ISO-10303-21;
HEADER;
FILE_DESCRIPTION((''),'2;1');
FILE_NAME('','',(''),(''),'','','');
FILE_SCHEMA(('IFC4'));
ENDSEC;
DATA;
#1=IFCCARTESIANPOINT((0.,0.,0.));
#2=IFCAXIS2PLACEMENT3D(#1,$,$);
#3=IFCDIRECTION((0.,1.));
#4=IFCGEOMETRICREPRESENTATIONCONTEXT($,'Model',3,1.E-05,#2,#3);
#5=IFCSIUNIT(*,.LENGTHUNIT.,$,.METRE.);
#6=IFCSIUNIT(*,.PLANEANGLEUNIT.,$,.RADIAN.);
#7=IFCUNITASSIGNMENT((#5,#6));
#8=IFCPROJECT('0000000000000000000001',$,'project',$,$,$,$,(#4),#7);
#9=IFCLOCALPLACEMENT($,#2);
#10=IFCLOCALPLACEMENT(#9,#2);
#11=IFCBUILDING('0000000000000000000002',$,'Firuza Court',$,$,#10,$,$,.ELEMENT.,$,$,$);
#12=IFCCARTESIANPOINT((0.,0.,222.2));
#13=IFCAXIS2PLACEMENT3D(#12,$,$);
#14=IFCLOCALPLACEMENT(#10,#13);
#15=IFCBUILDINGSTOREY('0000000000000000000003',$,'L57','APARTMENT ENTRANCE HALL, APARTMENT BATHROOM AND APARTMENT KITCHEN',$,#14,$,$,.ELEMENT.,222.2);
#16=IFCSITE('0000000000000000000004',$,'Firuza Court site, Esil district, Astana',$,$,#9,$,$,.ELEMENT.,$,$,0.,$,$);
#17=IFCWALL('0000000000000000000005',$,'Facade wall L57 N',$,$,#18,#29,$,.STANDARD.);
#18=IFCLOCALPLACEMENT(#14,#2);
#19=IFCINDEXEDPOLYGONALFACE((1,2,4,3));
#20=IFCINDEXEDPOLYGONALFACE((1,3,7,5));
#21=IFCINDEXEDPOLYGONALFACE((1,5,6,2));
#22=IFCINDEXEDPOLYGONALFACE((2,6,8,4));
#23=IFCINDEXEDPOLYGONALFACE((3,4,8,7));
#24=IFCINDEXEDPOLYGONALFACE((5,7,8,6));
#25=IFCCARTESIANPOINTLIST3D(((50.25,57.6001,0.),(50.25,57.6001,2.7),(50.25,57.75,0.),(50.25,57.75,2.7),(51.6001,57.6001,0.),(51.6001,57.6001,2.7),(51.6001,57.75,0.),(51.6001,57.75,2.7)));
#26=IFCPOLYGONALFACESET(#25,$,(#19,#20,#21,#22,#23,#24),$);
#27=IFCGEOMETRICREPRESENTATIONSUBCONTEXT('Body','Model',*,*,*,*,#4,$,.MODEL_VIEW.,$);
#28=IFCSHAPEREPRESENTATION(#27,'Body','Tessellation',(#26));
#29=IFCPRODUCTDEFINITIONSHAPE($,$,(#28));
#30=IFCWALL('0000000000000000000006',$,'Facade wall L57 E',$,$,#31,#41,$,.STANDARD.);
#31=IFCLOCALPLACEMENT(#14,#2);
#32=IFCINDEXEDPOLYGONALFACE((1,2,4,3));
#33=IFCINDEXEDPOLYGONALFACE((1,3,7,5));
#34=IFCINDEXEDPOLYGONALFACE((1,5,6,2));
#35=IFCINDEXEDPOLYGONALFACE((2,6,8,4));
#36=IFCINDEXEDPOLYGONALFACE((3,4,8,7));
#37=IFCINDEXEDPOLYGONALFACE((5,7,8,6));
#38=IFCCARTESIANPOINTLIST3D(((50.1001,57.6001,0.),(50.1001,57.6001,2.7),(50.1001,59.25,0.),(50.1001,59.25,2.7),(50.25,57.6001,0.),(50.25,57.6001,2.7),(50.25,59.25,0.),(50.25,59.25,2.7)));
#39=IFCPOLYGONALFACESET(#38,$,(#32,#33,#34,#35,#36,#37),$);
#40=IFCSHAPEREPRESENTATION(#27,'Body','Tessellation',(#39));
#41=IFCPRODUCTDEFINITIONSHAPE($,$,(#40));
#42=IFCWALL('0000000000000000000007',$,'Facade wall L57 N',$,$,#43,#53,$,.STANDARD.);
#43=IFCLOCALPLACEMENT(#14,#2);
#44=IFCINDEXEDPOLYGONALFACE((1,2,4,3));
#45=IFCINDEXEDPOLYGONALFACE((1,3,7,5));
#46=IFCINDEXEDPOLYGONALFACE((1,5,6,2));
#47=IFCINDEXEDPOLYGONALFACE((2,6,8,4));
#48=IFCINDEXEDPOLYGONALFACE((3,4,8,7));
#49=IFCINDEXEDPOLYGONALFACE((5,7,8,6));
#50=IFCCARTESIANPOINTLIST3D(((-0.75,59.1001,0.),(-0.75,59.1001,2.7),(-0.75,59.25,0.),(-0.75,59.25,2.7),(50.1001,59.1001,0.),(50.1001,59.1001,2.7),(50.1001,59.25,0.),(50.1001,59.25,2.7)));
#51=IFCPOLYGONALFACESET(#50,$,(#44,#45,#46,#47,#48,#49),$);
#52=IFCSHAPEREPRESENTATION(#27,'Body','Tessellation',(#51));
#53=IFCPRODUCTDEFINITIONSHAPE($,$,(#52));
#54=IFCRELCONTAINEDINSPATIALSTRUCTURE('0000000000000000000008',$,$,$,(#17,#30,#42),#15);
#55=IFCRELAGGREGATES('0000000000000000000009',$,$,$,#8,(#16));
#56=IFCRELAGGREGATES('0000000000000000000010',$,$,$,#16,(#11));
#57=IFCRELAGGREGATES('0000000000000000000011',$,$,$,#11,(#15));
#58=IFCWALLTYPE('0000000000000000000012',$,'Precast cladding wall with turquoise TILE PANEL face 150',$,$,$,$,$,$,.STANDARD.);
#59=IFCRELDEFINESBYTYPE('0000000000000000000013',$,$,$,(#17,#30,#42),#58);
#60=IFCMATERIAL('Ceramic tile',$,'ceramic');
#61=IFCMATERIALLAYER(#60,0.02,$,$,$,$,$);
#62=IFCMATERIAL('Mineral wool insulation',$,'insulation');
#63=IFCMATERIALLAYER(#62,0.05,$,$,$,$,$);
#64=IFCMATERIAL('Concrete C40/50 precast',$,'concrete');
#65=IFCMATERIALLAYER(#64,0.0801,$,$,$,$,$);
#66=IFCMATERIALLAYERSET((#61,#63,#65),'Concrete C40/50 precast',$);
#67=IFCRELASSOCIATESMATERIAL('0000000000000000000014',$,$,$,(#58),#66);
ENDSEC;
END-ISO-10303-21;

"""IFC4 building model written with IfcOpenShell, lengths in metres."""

from ifc_helpers import new_model, si_unit, direction, frame, frame_2d, origin, place, context, subcontext, project, spatial, rectangle, extrude, material, layer, layer_set, type_object, element, save


model = new_model("IFC4")

# Units and contexts
model_context = context("Model", 3, precision=1e-05, world=origin(), true_north=direction((0.0, 1.0)))
body_context = subcontext(model_context, "Body", "Model", "MODEL_VIEW")
ifc_project = project(units=[si_unit("LENGTHUNIT", "METRE"), si_unit("PLANEANGLEUNIT", "RADIAN")], contexts=[model_context])

# Site, building, storey
site_placement = place(None, origin())
site = spatial("IfcSite", under=ifc_project, at=site_placement, Name="Firuza Court site, Esil district, Astana", CompositionType="ELEMENT", RefElevation=0.0)
building_placement = place(site_placement, origin())
building = spatial("IfcBuilding", under=site, at=building_placement, Name="Firuza Court", CompositionType="ELEMENT")
storey_placement = place(building_placement, frame((0.0, 0.0, 222.2)))
storey = spatial("IfcBuildingStorey", under=building, at=storey_placement, Name="L57", Description="APARTMENT ENTRANCE HALL, APARTMENT BATHROOM AND APARTMENT KITCHEN", CompositionType="ELEMENT", Elevation=222.2)

# Walls
ifc_material_1 = material(Name="Ceramic tile", Category="ceramic")
ifc_layer_1 = layer(ifc_material_1, 0.02)
ifc_material_2 = material(Name="Mineral wool insulation", Category="insulation")
ifc_layer_2 = layer(ifc_material_2, 0.05)
ifc_material_3 = material(Name="Concrete C40/50 precast", Category="concrete")
ifc_layer_3 = layer(ifc_material_3, 0.0801)
ifc_layer_set_1 = layer_set([ifc_layer_1, ifc_layer_2, ifc_layer_3], Name="Concrete C40/50 precast")
wall_type_1 = type_object("IfcWallType", Name="Precast cladding wall with turquoise TILE PANEL face 150", PredefinedType="STANDARD", material=ifc_layer_set_1)
wall_1_placement = place(storey_placement, frame((51.6001, 57.675, 0.0), z_axis=(0.0, 0.0, 1.0), x_axis=(-1.0, 0.0, 0.0)))
element("IfcWall", 1, at=wall_1_placement, inside=storey, type_object=wall_type_1, Name="Facade wall L57 N", PredefinedType="STANDARD", context=body_context, shape_type="SweptSolid", body=[
    extrude(rectangle(XDim=1.3501, YDim=0.1499, at=frame_2d((0.675, 0.0))), origin(), (0.0, 0.0, 1.0), 2.7),
])
wall_2_placement = place(storey_placement, frame((50.175, 57.6001, 0.0), z_axis=(0.0, 0.0, 1.0), x_axis=(0.0, 1.0, 0.0)))
element("IfcWall", 2, at=wall_2_placement, inside=storey, type_object=wall_type_1, Name="Facade wall L57 E", PredefinedType="STANDARD", context=body_context, shape_type="SweptSolid", body=[
    extrude(rectangle(XDim=1.6499, YDim=0.1499, at=frame_2d((0.825, 0.0))), origin(), (0.0, 0.0, 1.0), 2.7),
])
wall_3_placement = place(storey_placement, frame((50.1001, 59.175, 0.0), z_axis=(0.0, 0.0, 1.0), x_axis=(-1.0, 0.0, 0.0)))
element("IfcWall", 3, at=wall_3_placement, inside=storey, type_object=wall_type_1, Name="Facade wall L57 N", PredefinedType="STANDARD", context=body_context, shape_type="SweptSolid", body=[
    extrude(rectangle(XDim=50.8501, YDim=0.1499, at=frame_2d((25.425, 0.0))), origin(), (0.0, 0.0, 1.0), 2.7),
])

save(model, "model.ifc")
